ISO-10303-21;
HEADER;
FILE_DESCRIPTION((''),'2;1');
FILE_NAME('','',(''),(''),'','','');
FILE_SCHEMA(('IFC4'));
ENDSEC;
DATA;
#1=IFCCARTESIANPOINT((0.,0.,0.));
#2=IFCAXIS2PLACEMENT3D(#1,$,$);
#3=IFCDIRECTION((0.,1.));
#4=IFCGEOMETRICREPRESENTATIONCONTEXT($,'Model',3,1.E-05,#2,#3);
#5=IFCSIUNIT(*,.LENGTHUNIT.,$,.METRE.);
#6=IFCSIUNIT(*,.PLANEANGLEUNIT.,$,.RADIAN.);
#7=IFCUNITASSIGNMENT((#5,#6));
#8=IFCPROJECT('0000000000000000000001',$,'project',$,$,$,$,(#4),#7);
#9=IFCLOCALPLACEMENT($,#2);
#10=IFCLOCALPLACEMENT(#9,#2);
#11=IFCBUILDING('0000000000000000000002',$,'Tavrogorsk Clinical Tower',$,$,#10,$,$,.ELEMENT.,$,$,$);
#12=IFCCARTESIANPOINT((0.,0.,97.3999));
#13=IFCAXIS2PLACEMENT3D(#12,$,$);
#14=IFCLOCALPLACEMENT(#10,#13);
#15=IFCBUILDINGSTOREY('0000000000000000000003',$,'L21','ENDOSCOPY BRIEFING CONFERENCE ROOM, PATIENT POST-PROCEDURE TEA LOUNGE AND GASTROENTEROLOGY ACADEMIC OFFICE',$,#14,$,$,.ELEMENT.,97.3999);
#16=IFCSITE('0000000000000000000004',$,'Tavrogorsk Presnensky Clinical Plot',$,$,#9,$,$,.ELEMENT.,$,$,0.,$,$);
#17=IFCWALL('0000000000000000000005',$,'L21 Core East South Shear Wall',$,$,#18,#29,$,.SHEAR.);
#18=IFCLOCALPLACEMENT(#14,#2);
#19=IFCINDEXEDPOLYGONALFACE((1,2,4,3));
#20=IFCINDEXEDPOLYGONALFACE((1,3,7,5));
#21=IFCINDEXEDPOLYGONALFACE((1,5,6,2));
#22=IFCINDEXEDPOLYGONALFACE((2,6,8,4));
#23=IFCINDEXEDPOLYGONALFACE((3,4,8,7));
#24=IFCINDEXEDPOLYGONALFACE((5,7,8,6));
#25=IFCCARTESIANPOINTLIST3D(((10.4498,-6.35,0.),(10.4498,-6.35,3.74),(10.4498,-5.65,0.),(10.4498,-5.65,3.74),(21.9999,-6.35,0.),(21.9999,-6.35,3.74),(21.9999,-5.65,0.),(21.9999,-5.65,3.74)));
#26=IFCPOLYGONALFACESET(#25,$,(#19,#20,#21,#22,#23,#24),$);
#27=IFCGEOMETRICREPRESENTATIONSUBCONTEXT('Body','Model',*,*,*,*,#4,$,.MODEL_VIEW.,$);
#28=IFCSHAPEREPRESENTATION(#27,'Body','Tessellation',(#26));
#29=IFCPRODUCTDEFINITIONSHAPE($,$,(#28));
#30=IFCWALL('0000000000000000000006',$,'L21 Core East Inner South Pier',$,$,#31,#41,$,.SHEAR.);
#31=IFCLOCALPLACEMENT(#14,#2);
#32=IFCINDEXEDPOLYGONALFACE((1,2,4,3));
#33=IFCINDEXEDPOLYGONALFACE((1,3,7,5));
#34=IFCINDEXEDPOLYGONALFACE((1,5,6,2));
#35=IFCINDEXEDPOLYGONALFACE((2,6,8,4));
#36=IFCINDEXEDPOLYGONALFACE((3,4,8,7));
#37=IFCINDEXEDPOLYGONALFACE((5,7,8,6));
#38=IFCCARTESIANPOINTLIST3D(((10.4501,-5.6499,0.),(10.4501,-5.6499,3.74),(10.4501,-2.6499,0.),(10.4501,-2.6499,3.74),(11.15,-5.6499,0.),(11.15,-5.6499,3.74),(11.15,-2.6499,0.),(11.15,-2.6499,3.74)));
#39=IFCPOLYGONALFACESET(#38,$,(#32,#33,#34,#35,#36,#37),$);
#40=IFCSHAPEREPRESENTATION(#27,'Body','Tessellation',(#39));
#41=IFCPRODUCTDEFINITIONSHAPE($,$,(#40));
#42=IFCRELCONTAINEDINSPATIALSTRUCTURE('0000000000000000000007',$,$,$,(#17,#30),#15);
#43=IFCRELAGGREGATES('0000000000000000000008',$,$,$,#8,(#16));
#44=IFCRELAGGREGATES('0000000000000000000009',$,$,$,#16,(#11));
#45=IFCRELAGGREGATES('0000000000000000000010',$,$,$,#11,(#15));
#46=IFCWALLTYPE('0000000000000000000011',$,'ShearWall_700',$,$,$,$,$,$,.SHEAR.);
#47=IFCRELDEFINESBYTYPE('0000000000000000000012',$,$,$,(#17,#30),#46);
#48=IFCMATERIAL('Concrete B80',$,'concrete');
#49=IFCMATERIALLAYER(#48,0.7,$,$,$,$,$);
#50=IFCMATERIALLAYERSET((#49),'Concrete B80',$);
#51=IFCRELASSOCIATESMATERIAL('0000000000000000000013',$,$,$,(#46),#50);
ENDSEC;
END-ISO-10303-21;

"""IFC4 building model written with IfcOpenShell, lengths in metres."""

from ifc_helpers import new_model, si_unit, direction, frame, frame_2d, origin, place, context, subcontext, project, spatial, rectangle, extrude, material, layer, layer_set, type_object, element, save


model = new_model("IFC4")

# Units and contexts
model_context = context("Model", 3, precision=1e-05, world=origin(), true_north=direction((0.0, 1.0)))
body_context = subcontext(model_context, "Body", "Model", "MODEL_VIEW")
ifc_project = project(units=[si_unit("LENGTHUNIT", "METRE"), si_unit("PLANEANGLEUNIT", "RADIAN")], contexts=[model_context])

# Site, building, storey
site_placement = place(None, origin())
site = spatial("IfcSite", under=ifc_project, at=site_placement, Name="Tavrogorsk Presnensky Clinical Plot", CompositionType="ELEMENT", RefElevation=0.0)
building_placement = place(site_placement, origin())
building = spatial("IfcBuilding", under=site, at=building_placement, Name="Tavrogorsk Clinical Tower", CompositionType="ELEMENT")
storey_placement = place(building_placement, frame((0.0, 0.0, 97.3999)))
storey = spatial("IfcBuildingStorey", under=building, at=storey_placement, Name="L21", Description="ENDOSCOPY BRIEFING CONFERENCE ROOM, PATIENT POST-PROCEDURE TEA LOUNGE AND GASTROENTEROLOGY ACADEMIC OFFICE", CompositionType="ELEMENT", Elevation=97.3999)

# Walls
ifc_material_1 = material(Name="Concrete B80", Category="concrete")
ifc_layer_1 = layer(ifc_material_1, 0.7)
ifc_layer_set_1 = layer_set([ifc_layer_1], Name="Concrete B80")
wall_type_1 = type_object("IfcWallType", Name="ShearWall_700", PredefinedType="SHEAR", material=ifc_layer_set_1)
wall_1_placement = place(storey_placement, frame((10.45, -6.0, 0.0), z_axis=(0.0, 0.0, 1.0), x_axis=(1.0, 0.0, 0.0)))
element("IfcWall", 1, at=wall_1_placement, inside=storey, type_object=wall_type_1, Name="L21 Core East South Shear Wall", PredefinedType="SHEAR", context=body_context, shape_type="SweptSolid", body=[
    extrude(rectangle(XDim=11.55, YDim=0.7, at=frame_2d((5.7749, 0.0))), origin(), (0.0, 0.0, 1.0), 3.74),
])
wall_2_placement = place(storey_placement, frame((10.8, -5.6499, 0.0), z_axis=(0.0, 0.0, 1.0), x_axis=(0.0, 1.0, 0.0)))
element("IfcWall", 2, at=wall_2_placement, inside=storey, type_object=wall_type_1, Name="L21 Core East Inner South Pier", PredefinedType="SHEAR", context=body_context, shape_type="SweptSolid", body=[
    extrude(rectangle(XDim=3.0, YDim=0.7, at=frame_2d((1.5, 0.0))), origin(), (0.0, 0.0, 1.0), 3.74),
])

save(model, "model.ifc")
